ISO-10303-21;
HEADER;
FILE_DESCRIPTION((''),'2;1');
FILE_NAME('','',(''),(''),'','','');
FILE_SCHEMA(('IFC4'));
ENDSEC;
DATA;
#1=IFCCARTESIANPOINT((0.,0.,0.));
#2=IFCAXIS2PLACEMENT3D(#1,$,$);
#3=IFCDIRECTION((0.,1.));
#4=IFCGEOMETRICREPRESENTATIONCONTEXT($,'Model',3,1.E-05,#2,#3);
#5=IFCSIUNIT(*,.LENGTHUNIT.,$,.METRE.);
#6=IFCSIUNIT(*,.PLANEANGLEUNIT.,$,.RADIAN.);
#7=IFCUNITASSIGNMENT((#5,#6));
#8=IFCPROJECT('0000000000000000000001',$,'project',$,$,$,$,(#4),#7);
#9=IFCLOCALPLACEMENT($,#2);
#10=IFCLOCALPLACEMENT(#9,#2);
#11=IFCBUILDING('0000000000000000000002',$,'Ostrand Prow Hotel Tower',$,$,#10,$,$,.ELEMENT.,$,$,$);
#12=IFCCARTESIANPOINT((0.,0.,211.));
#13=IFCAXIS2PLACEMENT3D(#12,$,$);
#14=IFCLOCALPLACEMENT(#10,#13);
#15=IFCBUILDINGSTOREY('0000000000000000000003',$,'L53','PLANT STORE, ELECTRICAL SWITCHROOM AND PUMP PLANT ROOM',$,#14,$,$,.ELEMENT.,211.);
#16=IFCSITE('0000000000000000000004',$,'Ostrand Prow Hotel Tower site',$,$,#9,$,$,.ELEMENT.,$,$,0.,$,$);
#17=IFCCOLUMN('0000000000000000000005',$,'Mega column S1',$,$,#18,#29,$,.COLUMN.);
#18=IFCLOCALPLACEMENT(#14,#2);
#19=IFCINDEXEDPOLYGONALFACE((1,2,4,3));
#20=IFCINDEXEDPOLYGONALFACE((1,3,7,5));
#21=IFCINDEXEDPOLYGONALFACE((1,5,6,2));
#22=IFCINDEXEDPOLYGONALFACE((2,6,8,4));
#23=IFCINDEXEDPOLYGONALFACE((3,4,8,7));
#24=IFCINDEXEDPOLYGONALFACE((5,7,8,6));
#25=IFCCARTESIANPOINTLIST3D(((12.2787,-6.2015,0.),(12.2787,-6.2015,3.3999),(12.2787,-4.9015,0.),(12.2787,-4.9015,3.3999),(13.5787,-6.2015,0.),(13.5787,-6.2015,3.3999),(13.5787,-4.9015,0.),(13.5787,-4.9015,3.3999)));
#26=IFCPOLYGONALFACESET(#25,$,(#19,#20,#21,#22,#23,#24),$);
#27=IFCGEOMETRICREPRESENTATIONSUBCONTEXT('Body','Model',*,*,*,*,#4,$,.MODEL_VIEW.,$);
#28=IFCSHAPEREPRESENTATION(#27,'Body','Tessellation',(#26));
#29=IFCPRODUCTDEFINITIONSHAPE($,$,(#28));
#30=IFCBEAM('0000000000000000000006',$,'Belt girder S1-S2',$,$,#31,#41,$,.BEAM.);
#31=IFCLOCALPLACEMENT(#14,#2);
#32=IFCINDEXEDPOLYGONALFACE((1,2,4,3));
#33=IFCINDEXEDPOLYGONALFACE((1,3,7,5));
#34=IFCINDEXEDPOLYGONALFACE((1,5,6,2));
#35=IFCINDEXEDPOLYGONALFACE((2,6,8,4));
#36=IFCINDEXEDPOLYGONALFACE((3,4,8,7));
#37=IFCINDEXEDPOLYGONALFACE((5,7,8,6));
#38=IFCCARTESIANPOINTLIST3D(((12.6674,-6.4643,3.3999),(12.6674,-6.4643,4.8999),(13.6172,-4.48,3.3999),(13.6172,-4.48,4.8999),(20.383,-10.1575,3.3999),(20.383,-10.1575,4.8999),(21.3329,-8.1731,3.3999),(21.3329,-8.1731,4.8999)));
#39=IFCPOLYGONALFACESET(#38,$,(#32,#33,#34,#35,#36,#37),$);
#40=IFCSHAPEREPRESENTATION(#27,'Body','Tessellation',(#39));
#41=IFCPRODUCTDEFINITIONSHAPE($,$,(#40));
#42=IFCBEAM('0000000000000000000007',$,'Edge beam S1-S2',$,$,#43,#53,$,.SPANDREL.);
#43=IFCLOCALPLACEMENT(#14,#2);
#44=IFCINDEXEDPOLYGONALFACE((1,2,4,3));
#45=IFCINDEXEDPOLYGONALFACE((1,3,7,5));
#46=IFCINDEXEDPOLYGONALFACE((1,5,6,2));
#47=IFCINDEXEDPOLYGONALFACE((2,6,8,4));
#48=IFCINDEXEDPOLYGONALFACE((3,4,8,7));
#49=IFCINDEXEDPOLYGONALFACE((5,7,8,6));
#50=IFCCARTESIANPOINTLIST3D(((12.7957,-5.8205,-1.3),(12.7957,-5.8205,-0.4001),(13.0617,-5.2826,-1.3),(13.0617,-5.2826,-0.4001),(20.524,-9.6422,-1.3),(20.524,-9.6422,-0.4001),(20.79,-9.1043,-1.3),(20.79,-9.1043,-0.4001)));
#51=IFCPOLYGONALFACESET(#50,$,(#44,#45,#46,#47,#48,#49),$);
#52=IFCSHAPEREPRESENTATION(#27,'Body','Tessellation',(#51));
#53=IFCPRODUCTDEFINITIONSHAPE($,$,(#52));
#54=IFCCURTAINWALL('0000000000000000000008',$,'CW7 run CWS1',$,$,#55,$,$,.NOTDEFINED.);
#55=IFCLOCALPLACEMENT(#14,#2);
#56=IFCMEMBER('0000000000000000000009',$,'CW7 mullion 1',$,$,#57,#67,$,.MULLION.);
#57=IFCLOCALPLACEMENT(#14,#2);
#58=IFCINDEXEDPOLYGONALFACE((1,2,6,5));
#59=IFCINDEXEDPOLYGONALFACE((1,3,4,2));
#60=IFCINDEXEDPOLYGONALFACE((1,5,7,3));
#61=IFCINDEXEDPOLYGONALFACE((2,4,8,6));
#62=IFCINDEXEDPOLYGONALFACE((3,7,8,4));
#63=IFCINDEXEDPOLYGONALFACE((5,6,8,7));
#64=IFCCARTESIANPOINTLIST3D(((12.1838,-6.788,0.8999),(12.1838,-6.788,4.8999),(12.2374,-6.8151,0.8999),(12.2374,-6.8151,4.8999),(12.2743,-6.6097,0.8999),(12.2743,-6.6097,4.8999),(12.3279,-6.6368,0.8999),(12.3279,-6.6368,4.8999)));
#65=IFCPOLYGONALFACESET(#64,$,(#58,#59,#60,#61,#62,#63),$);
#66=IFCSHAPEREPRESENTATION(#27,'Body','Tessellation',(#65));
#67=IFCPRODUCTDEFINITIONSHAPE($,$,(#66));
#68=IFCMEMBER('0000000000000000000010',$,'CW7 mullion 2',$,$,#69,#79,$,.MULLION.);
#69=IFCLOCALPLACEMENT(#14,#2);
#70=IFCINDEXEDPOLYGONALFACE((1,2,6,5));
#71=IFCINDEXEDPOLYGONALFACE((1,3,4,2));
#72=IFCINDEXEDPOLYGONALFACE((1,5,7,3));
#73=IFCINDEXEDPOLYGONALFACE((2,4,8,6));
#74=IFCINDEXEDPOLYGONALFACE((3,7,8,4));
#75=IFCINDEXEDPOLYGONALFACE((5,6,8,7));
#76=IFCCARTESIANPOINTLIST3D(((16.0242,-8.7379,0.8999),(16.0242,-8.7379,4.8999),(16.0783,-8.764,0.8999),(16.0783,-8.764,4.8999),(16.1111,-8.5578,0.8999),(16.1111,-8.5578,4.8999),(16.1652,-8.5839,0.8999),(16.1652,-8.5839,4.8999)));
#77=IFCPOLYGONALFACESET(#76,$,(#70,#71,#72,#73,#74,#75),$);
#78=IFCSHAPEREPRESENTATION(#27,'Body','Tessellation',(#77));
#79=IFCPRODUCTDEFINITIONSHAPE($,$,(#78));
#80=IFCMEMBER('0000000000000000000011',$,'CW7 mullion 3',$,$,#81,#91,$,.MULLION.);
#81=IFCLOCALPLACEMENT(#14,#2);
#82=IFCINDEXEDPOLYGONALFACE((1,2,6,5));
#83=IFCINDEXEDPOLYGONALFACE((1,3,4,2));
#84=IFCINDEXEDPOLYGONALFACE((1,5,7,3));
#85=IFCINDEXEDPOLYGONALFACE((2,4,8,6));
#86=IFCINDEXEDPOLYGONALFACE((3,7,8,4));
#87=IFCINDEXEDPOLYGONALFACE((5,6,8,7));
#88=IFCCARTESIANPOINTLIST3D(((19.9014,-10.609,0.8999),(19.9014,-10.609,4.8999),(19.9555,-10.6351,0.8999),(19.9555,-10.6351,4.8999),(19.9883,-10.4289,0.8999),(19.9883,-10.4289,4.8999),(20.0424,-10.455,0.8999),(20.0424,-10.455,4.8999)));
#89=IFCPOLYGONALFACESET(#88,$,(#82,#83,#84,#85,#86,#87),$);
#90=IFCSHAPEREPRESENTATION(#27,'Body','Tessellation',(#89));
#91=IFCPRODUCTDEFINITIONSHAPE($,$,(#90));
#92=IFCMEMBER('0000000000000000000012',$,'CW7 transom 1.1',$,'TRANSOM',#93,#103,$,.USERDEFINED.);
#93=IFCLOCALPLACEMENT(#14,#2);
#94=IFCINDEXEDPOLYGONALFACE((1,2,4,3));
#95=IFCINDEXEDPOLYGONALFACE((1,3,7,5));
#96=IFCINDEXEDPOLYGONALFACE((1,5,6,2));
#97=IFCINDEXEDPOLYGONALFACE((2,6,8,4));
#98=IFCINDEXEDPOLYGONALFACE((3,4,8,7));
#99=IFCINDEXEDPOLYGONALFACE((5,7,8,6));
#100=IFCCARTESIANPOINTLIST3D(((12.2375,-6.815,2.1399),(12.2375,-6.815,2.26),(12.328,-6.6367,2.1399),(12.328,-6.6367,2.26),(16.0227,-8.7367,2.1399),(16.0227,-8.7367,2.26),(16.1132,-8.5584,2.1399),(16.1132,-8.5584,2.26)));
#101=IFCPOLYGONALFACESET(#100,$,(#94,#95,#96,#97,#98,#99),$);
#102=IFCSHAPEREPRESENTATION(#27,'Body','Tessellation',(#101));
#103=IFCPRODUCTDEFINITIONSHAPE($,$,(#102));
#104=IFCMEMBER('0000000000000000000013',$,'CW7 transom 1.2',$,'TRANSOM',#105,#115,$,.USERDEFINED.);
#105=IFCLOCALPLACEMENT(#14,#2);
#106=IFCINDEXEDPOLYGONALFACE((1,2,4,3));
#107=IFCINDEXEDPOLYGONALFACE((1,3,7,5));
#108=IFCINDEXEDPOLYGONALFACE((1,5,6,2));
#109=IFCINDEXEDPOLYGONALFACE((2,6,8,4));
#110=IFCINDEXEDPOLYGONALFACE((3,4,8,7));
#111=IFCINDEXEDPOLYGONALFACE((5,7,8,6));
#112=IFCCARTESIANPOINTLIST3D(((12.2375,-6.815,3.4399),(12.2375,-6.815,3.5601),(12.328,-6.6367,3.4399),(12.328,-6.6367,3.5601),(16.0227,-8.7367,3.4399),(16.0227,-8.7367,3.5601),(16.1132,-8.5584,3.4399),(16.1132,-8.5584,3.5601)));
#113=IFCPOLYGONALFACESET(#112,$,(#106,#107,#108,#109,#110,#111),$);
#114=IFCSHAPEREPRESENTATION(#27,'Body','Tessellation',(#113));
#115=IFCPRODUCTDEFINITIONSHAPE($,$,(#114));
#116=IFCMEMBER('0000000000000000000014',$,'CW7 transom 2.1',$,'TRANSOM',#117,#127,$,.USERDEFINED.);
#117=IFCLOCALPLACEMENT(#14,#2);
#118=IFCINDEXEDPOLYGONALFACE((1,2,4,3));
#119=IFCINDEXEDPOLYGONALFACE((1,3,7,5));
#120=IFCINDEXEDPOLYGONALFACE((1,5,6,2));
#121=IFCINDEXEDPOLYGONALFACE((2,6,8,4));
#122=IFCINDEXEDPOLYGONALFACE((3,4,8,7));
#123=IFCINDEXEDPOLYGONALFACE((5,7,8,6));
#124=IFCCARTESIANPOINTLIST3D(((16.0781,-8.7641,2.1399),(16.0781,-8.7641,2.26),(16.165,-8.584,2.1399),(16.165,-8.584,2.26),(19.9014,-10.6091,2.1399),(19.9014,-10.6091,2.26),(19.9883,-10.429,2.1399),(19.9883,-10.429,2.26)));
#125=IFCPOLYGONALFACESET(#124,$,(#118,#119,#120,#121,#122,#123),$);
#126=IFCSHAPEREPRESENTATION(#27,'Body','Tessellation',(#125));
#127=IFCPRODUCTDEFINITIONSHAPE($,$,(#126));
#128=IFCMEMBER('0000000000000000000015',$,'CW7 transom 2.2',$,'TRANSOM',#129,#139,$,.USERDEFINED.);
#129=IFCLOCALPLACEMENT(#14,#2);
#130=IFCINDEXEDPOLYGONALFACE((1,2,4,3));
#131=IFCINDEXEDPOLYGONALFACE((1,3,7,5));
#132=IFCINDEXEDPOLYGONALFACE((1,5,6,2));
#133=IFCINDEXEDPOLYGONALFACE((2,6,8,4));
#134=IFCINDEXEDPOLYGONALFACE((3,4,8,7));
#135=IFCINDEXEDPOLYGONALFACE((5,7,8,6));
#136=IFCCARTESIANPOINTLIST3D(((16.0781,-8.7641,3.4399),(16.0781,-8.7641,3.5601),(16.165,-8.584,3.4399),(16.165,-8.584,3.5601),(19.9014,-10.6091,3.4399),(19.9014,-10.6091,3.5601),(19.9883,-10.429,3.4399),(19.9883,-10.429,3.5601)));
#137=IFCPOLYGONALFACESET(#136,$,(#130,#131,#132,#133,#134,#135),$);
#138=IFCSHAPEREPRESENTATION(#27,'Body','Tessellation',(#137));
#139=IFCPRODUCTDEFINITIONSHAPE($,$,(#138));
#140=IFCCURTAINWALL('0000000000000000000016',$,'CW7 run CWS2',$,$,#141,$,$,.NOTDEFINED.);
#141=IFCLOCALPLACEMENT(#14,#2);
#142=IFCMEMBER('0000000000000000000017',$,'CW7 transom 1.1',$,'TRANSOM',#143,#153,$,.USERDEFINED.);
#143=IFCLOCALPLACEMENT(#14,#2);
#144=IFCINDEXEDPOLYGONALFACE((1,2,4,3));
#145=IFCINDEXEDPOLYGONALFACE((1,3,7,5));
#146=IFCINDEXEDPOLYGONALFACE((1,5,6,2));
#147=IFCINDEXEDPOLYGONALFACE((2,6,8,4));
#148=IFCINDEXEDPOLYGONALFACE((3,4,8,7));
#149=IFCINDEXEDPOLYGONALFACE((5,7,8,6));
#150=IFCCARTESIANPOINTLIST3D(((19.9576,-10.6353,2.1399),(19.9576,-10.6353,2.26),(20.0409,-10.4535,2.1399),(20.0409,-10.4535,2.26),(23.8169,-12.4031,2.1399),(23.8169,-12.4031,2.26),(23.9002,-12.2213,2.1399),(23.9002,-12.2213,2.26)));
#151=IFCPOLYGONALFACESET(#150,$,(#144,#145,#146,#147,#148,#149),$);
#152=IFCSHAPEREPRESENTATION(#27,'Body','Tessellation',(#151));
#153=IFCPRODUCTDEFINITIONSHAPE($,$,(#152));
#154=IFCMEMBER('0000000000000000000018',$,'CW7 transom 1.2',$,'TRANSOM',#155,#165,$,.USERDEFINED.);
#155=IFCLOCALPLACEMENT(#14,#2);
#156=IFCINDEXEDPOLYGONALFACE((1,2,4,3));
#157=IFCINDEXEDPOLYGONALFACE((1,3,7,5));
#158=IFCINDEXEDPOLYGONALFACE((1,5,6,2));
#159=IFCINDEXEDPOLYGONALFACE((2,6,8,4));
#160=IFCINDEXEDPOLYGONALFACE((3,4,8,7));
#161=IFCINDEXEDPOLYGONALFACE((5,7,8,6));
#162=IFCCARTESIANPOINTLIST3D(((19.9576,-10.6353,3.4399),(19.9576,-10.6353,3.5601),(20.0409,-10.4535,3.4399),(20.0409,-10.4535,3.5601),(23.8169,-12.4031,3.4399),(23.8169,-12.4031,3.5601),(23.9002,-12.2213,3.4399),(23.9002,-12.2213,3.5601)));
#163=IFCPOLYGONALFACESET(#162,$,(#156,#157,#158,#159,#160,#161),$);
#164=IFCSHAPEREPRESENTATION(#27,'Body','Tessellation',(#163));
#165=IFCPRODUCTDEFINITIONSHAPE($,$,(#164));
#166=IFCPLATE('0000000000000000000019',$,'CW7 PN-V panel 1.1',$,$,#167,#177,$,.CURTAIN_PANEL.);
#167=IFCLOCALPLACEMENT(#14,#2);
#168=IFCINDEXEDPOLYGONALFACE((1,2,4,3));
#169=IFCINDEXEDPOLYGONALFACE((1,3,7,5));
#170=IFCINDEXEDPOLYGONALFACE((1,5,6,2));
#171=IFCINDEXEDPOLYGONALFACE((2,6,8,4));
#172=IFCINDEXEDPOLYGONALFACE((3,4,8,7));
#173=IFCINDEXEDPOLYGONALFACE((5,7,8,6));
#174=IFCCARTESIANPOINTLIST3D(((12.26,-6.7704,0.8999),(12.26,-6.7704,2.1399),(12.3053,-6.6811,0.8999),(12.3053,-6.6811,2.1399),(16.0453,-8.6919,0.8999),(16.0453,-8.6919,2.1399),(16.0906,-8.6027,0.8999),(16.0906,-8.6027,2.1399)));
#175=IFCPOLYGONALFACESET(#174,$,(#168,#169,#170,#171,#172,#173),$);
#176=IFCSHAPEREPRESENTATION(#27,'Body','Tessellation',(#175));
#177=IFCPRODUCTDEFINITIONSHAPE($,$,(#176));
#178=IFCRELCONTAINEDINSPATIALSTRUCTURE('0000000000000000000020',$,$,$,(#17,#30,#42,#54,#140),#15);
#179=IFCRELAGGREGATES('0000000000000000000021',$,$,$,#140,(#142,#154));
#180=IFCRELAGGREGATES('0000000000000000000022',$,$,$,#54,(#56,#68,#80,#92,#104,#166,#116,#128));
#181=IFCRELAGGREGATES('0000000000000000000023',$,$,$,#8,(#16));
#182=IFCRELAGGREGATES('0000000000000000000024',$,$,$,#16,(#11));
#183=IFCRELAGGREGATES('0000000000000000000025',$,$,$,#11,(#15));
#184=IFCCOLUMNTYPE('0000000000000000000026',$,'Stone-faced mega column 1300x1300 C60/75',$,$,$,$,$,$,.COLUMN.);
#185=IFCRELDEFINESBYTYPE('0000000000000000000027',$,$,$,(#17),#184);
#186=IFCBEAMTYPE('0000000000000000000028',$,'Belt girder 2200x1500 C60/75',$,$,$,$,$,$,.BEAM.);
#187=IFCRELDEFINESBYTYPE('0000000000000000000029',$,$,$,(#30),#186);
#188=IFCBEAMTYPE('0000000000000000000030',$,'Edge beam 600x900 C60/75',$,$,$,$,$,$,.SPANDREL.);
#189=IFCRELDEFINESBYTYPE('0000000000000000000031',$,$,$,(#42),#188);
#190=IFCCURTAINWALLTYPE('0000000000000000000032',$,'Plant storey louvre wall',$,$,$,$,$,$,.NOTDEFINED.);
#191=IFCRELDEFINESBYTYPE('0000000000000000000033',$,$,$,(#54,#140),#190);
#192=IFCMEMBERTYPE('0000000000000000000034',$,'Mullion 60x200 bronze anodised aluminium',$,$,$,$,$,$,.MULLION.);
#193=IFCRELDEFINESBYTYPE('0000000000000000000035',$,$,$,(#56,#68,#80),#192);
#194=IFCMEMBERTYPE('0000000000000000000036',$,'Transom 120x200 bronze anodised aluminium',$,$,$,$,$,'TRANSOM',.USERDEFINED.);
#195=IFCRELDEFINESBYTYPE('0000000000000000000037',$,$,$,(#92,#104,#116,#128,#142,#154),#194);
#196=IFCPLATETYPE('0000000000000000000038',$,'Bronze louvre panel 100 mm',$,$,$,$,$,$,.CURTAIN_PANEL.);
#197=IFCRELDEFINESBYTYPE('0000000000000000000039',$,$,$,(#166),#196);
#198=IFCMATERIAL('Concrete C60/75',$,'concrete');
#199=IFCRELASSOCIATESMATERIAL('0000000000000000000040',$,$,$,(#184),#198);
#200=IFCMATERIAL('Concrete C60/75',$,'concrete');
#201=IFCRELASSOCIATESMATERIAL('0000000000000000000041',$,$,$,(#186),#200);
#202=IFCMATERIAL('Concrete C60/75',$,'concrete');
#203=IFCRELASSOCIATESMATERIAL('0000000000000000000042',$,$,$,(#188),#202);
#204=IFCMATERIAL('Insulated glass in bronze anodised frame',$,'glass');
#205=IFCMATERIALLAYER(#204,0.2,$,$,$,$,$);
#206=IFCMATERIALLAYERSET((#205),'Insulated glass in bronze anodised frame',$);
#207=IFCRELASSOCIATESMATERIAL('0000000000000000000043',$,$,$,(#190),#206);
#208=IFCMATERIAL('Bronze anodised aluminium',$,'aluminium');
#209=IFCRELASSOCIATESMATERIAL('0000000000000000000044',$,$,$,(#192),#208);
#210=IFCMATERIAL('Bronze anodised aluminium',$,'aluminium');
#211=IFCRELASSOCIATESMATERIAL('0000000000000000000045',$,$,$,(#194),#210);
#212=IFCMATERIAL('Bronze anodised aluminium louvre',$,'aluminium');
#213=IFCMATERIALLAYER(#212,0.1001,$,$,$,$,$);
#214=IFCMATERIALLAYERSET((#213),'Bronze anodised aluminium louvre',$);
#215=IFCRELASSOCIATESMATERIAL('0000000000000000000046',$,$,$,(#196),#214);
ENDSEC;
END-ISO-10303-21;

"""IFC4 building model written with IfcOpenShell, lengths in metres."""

from ifc_helpers import new_model, si_unit, direction, frame, origin, origin_2d, place, context, subcontext, project, spatial, rectangle, extrude, material, layer, layer_set, material_profile, profile_set, type_object, element, aggregate, save


model = new_model("IFC4")

# Units and contexts
model_context = context("Model", 3, precision=1e-05, world=origin(), true_north=direction((0.0, 1.0)))
body_context = subcontext(model_context, "Body", "Model", "MODEL_VIEW")
ifc_project = project(units=[si_unit("LENGTHUNIT", "METRE"), si_unit("PLANEANGLEUNIT", "RADIAN")], contexts=[model_context])

# Site, building, storey
site_placement = place(None, origin())
site = spatial("IfcSite", under=ifc_project, at=site_placement, Name="Ostrand Prow Hotel Tower site", CompositionType="ELEMENT", RefElevation=0.0)
building_placement = place(site_placement, origin())
building = spatial("IfcBuilding", under=site, at=building_placement, Name="Ostrand Prow Hotel Tower", CompositionType="ELEMENT")
storey_placement = place(building_placement, frame((0.0, 0.0, 211.0)))
storey = spatial("IfcBuildingStorey", under=building, at=storey_placement, Name="L53", Description="PLANT STORE, ELECTRICAL SWITCHROOM AND PUMP PLANT ROOM", CompositionType="ELEMENT", Elevation=211.0)

# Column
ifc_material_1 = material(Name="Concrete C60/75", Category="concrete")
ifc_material_profile_1 = material_profile(ifc_material_1, rectangle(XDim=1.3, YDim=1.3, at=origin_2d()), Name="RC 1300x1300")
ifc_profile_set_1 = profile_set([ifc_material_profile_1], Name="Concrete C60/75")
column_type = type_object("IfcColumnType", Name="Stone-faced mega column 1300x1300 C60/75", PredefinedType="COLUMN", material=ifc_profile_set_1)
column_placement = place(storey_placement, frame((12.9287, -5.5515, 0.0), z_axis=(0.0, 0.0, 1.0), x_axis=(1.0, 0.0, 0.0)))
element("IfcColumn", 1, at=column_placement, inside=storey, type_object=column_type, Name="Mega column S1", PredefinedType="COLUMN", context=body_context, shape_type="SweptSolid", body=[
    extrude(rectangle(XDim=1.3, YDim=1.3, at=origin_2d()), origin(), (0.0, 0.0, 1.0), 3.3999),
])

# Beams
ifc_material_2 = material(Name="Concrete C60/75", Category="concrete")
ifc_material_profile_2 = material_profile(ifc_material_2, rectangle(XDim=2.2, YDim=1.5, at=origin_2d()), Name="RC 2200x1500")
ifc_profile_set_2 = profile_set([ifc_material_profile_2], Name="Concrete C60/75")
beam_type_1 = type_object("IfcBeamType", Name="Belt girder 2200x1500 C60/75", PredefinedType="BEAM", material=ifc_profile_set_2)
beam_1_placement = place(storey_placement, frame((13.1423, -5.4722, 4.1499), z_axis=(0.901995, -0.431746, 0.0), x_axis=(0.431746, 0.901995, 0.0)))
element("IfcBeam", 2, at=beam_1_placement, inside=storey, type_object=beam_type_1, Name="Belt girder S1-S2", PredefinedType="BEAM", context=body_context, shape_type="SweptSolid", body=[
    extrude(rectangle(XDim=2.2, YDim=1.5, at=origin_2d()), origin(), (0.0, 0.0, 1.0), 8.554),
])
ifc_material_3 = material(Name="Concrete C60/75", Category="concrete")
ifc_material_profile_3 = material_profile(ifc_material_3, rectangle(XDim=0.6001, YDim=0.8999, at=origin_2d()), Name="RC 600x900")
ifc_profile_set_3 = profile_set([ifc_material_profile_3], Name="Concrete C60/75")
beam_type_2 = type_object("IfcBeamType", Name="Edge beam 600x900 C60/75", PredefinedType="SPANDREL", material=ifc_profile_set_3)
beam_2_placement = place(storey_placement, frame((12.9287, -5.5515, -0.8501), z_axis=(0.896384, -0.443279, 0.0), x_axis=(0.443279, 0.896384, 0.0)))
element("IfcBeam", 3, at=beam_2_placement, inside=storey, type_object=beam_type_2, Name="Edge beam S1-S2", PredefinedType="SPANDREL", context=body_context, shape_type="SweptSolid", body=[
    extrude(rectangle(XDim=0.6001, YDim=0.8999, at=origin_2d()), origin(), (0.0, 0.0, 1.0), 8.6216),
])

# Curtain walls, members
ifc_material_4 = material(Name="Insulated glass in bronze anodised frame", Category="glass")
ifc_layer_1 = layer(ifc_material_4, 0.2)
ifc_layer_set_1 = layer_set([ifc_layer_1], Name="Insulated glass in bronze anodised frame")
curtain_wall_type = type_object("IfcCurtainWallType", Name="Plant storey louvre wall", PredefinedType="NOTDEFINED", material=ifc_layer_set_1)
curtain_wall_1_placement = place(storey_placement, origin())
curtain_wall_1 = element("IfcCurtainWall", 4, at=curtain_wall_1_placement, inside=storey, type_object=curtain_wall_type, Name="CW7 run CWS1", PredefinedType="NOTDEFINED")
ifc_material_5 = material(Name="Bronze anodised aluminium", Category="aluminium")
ifc_material_profile_4 = material_profile(ifc_material_5, rectangle(XDim=0.2, YDim=0.0601, at=origin_2d()), Name="Mullion 60x200 bronze anodised aluminium")
ifc_profile_set_4 = profile_set([ifc_material_profile_4], Name="Bronze anodised aluminium")
member_type_1 = type_object("IfcMemberType", Name="Mullion 60x200 bronze anodised aluminium", PredefinedType="MULLION", material=ifc_profile_set_4)
member_1_placement = place(storey_placement, frame((12.2559, -6.7124, 0.8999), z_axis=(0.0, 0.0, 1.0), x_axis=(0.452659, 0.891684, 0.0)))
member_1 = element("IfcMember", 5, at=member_1_placement, type_object=member_type_1, Name="CW7 mullion 1", PredefinedType="MULLION", context=body_context, shape_type="SweptSolid", body=[
    extrude(rectangle(XDim=0.2, YDim=0.0601, at=origin_2d()), origin(), (0.0, 0.0, 1.0), 4.0),
])
member_2_placement = place(storey_placement, frame((16.0947, -8.6609, 0.8999), z_axis=(0.0, 0.0, 1.0), x_axis=(0.434615, 0.900616, 0.0)))
member_2 = element("IfcMember", 6, at=member_2_placement, type_object=member_type_1, Name="CW7 mullion 2", PredefinedType="MULLION", context=body_context, shape_type="SweptSolid", body=[
    extrude(rectangle(XDim=0.2, YDim=0.0601, at=origin_2d()), origin(), (0.0, 0.0, 1.0), 4.0),
])
member_3_placement = place(storey_placement, frame((19.9719, -10.532, 0.8999), z_axis=(0.0, 0.0, 1.0), x_axis=(0.434615, 0.900616, 0.0)))
member_3 = element("IfcMember", 7, at=member_3_placement, type_object=member_type_1, Name="CW7 mullion 3", PredefinedType="MULLION", context=body_context, shape_type="SweptSolid", body=[
    extrude(rectangle(XDim=0.2, YDim=0.0601, at=origin_2d()), origin(), (0.0, 0.0, 1.0), 4.0),
])
ifc_material_6 = material(Name="Bronze anodised aluminium", Category="aluminium")
ifc_material_profile_5 = material_profile(ifc_material_6, rectangle(XDim=0.2, YDim=0.1201, at=origin_2d()), Name="Transom 120x200 bronze anodised aluminium")
ifc_profile_set_5 = profile_set([ifc_material_profile_5], Name="Bronze anodised aluminium")
member_type_2 = type_object("IfcMemberType", Name="Transom 120x200 bronze anodised aluminium", ElementType="TRANSOM", PredefinedType="USERDEFINED", material=ifc_profile_set_5)
member_4_placement = place(storey_placement, frame((12.2827, -6.7258, 2.2), z_axis=(0.891673, -0.45268, 0.0), x_axis=(0.45268, 0.891673, 0.0)))
member_4 = element("IfcMember", 8, at=member_4_placement, type_object=member_type_2, Name="CW7 transom 1.1", ObjectType="TRANSOM", PredefinedType="USERDEFINED", context=body_context, shape_type="SweptSolid", body=[
    extrude(rectangle(XDim=0.2, YDim=0.1201, at=origin_2d()), origin(), (0.0, 0.0, 1.0), 4.2451),
])
member_5_placement = place(storey_placement, frame((12.2827, -6.7258, 3.5), z_axis=(0.891673, -0.45268, 0.0), x_axis=(0.45268, 0.891673, 0.0)))
member_5 = element("IfcMember", 9, at=member_5_placement, type_object=member_type_2, Name="CW7 transom 1.2", ObjectType="TRANSOM", PredefinedType="USERDEFINED", context=body_context, shape_type="SweptSolid", body=[
    extrude(rectangle(XDim=0.2, YDim=0.1201, at=origin_2d()), origin(), (0.0, 0.0, 1.0), 4.2451),
])
member_6_placement = place(storey_placement, frame((16.1216, -8.6741, 2.2), z_axis=(0.900619, -0.434609, 0.0), x_axis=(0.434609, 0.900619, 0.0)))
member_6 = element("IfcMember", 10, at=member_6_placement, type_object=member_type_2, Name="CW7 transom 2.1", ObjectType="TRANSOM", PredefinedType="USERDEFINED", context=body_context, shape_type="SweptSolid", body=[
    extrude(rectangle(XDim=0.2, YDim=0.1201, at=origin_2d()), origin(), (0.0, 0.0, 1.0), 4.2451),
])
member_7_placement = place(storey_placement, frame((16.1216, -8.6741, 3.5), z_axis=(0.900619, -0.434609, 0.0), x_axis=(0.434609, 0.900619, 0.0)))
member_7 = element("IfcMember", 11, at=member_7_placement, type_object=member_type_2, Name="CW7 transom 2.2", ObjectType="TRANSOM", PredefinedType="USERDEFINED", context=body_context, shape_type="SweptSolid", body=[
    extrude(rectangle(XDim=0.2, YDim=0.1201, at=origin_2d()), origin(), (0.0, 0.0, 1.0), 4.2451),
])
curtain_wall_2_placement = place(storey_placement, origin())
curtain_wall_2 = element("IfcCurtainWall", 12, at=curtain_wall_2_placement, inside=storey, type_object=curtain_wall_type, Name="CW7 run CWS2", PredefinedType="NOTDEFINED")
member_8_placement = place(storey_placement, frame((19.9993, -10.5444, 2.2), z_axis=(0.909159, -0.416449, 0.0), x_axis=(0.416449, 0.909159, 0.0)))
member_8 = element("IfcMember", 13, at=member_8_placement, type_object=member_type_2, Name="CW7 transom 1.1", ObjectType="TRANSOM", PredefinedType="USERDEFINED", context=body_context, shape_type="SweptSolid", body=[
    extrude(rectangle(XDim=0.2, YDim=0.1201, at=origin_2d()), origin(), (0.0, 0.0, 1.0), 4.2449),
])
member_9_placement = place(storey_placement, frame((19.9993, -10.5444, 3.5), z_axis=(0.909159, -0.416449, 0.0), x_axis=(0.416449, 0.909159, 0.0)))
member_9 = element("IfcMember", 14, at=member_9_placement, type_object=member_type_2, Name="CW7 transom 1.2", ObjectType="TRANSOM", PredefinedType="USERDEFINED", context=body_context, shape_type="SweptSolid", body=[
    extrude(rectangle(XDim=0.2, YDim=0.1201, at=origin_2d()), origin(), (0.0, 0.0, 1.0), 4.2449),
])
aggregate(curtain_wall_2, [member_8, member_9])

# Plate
ifc_material_7 = material(Name="Bronze anodised aluminium louvre", Category="aluminium")
ifc_layer_2 = layer(ifc_material_7, 0.1001)
ifc_layer_set_2 = layer_set([ifc_layer_2], Name="Bronze anodised aluminium louvre")
plate_type = type_object("IfcPlateType", Name="Bronze louvre panel 100 mm", PredefinedType="CURTAIN_PANEL", material=ifc_layer_set_2)
plate_1_placement = place(storey_placement, frame((14.1753, -7.6865, 0.8999), z_axis=(0.0, 0.0, 1.0), x_axis=(0.891684, -0.452659, 0.0)))
plate_1 = element("IfcPlate", 15, at=plate_1_placement, type_object=plate_type, Name="CW7 PN-V panel 1.1", PredefinedType="CURTAIN_PANEL", context=body_context, shape_type="SweptSolid", body=[
    extrude(rectangle(XDim=4.2451, YDim=0.1001, at=origin_2d()), origin(), (0.0, 0.0, 1.0), 1.24),
])
aggregate(curtain_wall_1, [member_1, member_2, member_3, member_4, member_5, plate_1, member_6, member_7])

save(model, "model.ifc")
